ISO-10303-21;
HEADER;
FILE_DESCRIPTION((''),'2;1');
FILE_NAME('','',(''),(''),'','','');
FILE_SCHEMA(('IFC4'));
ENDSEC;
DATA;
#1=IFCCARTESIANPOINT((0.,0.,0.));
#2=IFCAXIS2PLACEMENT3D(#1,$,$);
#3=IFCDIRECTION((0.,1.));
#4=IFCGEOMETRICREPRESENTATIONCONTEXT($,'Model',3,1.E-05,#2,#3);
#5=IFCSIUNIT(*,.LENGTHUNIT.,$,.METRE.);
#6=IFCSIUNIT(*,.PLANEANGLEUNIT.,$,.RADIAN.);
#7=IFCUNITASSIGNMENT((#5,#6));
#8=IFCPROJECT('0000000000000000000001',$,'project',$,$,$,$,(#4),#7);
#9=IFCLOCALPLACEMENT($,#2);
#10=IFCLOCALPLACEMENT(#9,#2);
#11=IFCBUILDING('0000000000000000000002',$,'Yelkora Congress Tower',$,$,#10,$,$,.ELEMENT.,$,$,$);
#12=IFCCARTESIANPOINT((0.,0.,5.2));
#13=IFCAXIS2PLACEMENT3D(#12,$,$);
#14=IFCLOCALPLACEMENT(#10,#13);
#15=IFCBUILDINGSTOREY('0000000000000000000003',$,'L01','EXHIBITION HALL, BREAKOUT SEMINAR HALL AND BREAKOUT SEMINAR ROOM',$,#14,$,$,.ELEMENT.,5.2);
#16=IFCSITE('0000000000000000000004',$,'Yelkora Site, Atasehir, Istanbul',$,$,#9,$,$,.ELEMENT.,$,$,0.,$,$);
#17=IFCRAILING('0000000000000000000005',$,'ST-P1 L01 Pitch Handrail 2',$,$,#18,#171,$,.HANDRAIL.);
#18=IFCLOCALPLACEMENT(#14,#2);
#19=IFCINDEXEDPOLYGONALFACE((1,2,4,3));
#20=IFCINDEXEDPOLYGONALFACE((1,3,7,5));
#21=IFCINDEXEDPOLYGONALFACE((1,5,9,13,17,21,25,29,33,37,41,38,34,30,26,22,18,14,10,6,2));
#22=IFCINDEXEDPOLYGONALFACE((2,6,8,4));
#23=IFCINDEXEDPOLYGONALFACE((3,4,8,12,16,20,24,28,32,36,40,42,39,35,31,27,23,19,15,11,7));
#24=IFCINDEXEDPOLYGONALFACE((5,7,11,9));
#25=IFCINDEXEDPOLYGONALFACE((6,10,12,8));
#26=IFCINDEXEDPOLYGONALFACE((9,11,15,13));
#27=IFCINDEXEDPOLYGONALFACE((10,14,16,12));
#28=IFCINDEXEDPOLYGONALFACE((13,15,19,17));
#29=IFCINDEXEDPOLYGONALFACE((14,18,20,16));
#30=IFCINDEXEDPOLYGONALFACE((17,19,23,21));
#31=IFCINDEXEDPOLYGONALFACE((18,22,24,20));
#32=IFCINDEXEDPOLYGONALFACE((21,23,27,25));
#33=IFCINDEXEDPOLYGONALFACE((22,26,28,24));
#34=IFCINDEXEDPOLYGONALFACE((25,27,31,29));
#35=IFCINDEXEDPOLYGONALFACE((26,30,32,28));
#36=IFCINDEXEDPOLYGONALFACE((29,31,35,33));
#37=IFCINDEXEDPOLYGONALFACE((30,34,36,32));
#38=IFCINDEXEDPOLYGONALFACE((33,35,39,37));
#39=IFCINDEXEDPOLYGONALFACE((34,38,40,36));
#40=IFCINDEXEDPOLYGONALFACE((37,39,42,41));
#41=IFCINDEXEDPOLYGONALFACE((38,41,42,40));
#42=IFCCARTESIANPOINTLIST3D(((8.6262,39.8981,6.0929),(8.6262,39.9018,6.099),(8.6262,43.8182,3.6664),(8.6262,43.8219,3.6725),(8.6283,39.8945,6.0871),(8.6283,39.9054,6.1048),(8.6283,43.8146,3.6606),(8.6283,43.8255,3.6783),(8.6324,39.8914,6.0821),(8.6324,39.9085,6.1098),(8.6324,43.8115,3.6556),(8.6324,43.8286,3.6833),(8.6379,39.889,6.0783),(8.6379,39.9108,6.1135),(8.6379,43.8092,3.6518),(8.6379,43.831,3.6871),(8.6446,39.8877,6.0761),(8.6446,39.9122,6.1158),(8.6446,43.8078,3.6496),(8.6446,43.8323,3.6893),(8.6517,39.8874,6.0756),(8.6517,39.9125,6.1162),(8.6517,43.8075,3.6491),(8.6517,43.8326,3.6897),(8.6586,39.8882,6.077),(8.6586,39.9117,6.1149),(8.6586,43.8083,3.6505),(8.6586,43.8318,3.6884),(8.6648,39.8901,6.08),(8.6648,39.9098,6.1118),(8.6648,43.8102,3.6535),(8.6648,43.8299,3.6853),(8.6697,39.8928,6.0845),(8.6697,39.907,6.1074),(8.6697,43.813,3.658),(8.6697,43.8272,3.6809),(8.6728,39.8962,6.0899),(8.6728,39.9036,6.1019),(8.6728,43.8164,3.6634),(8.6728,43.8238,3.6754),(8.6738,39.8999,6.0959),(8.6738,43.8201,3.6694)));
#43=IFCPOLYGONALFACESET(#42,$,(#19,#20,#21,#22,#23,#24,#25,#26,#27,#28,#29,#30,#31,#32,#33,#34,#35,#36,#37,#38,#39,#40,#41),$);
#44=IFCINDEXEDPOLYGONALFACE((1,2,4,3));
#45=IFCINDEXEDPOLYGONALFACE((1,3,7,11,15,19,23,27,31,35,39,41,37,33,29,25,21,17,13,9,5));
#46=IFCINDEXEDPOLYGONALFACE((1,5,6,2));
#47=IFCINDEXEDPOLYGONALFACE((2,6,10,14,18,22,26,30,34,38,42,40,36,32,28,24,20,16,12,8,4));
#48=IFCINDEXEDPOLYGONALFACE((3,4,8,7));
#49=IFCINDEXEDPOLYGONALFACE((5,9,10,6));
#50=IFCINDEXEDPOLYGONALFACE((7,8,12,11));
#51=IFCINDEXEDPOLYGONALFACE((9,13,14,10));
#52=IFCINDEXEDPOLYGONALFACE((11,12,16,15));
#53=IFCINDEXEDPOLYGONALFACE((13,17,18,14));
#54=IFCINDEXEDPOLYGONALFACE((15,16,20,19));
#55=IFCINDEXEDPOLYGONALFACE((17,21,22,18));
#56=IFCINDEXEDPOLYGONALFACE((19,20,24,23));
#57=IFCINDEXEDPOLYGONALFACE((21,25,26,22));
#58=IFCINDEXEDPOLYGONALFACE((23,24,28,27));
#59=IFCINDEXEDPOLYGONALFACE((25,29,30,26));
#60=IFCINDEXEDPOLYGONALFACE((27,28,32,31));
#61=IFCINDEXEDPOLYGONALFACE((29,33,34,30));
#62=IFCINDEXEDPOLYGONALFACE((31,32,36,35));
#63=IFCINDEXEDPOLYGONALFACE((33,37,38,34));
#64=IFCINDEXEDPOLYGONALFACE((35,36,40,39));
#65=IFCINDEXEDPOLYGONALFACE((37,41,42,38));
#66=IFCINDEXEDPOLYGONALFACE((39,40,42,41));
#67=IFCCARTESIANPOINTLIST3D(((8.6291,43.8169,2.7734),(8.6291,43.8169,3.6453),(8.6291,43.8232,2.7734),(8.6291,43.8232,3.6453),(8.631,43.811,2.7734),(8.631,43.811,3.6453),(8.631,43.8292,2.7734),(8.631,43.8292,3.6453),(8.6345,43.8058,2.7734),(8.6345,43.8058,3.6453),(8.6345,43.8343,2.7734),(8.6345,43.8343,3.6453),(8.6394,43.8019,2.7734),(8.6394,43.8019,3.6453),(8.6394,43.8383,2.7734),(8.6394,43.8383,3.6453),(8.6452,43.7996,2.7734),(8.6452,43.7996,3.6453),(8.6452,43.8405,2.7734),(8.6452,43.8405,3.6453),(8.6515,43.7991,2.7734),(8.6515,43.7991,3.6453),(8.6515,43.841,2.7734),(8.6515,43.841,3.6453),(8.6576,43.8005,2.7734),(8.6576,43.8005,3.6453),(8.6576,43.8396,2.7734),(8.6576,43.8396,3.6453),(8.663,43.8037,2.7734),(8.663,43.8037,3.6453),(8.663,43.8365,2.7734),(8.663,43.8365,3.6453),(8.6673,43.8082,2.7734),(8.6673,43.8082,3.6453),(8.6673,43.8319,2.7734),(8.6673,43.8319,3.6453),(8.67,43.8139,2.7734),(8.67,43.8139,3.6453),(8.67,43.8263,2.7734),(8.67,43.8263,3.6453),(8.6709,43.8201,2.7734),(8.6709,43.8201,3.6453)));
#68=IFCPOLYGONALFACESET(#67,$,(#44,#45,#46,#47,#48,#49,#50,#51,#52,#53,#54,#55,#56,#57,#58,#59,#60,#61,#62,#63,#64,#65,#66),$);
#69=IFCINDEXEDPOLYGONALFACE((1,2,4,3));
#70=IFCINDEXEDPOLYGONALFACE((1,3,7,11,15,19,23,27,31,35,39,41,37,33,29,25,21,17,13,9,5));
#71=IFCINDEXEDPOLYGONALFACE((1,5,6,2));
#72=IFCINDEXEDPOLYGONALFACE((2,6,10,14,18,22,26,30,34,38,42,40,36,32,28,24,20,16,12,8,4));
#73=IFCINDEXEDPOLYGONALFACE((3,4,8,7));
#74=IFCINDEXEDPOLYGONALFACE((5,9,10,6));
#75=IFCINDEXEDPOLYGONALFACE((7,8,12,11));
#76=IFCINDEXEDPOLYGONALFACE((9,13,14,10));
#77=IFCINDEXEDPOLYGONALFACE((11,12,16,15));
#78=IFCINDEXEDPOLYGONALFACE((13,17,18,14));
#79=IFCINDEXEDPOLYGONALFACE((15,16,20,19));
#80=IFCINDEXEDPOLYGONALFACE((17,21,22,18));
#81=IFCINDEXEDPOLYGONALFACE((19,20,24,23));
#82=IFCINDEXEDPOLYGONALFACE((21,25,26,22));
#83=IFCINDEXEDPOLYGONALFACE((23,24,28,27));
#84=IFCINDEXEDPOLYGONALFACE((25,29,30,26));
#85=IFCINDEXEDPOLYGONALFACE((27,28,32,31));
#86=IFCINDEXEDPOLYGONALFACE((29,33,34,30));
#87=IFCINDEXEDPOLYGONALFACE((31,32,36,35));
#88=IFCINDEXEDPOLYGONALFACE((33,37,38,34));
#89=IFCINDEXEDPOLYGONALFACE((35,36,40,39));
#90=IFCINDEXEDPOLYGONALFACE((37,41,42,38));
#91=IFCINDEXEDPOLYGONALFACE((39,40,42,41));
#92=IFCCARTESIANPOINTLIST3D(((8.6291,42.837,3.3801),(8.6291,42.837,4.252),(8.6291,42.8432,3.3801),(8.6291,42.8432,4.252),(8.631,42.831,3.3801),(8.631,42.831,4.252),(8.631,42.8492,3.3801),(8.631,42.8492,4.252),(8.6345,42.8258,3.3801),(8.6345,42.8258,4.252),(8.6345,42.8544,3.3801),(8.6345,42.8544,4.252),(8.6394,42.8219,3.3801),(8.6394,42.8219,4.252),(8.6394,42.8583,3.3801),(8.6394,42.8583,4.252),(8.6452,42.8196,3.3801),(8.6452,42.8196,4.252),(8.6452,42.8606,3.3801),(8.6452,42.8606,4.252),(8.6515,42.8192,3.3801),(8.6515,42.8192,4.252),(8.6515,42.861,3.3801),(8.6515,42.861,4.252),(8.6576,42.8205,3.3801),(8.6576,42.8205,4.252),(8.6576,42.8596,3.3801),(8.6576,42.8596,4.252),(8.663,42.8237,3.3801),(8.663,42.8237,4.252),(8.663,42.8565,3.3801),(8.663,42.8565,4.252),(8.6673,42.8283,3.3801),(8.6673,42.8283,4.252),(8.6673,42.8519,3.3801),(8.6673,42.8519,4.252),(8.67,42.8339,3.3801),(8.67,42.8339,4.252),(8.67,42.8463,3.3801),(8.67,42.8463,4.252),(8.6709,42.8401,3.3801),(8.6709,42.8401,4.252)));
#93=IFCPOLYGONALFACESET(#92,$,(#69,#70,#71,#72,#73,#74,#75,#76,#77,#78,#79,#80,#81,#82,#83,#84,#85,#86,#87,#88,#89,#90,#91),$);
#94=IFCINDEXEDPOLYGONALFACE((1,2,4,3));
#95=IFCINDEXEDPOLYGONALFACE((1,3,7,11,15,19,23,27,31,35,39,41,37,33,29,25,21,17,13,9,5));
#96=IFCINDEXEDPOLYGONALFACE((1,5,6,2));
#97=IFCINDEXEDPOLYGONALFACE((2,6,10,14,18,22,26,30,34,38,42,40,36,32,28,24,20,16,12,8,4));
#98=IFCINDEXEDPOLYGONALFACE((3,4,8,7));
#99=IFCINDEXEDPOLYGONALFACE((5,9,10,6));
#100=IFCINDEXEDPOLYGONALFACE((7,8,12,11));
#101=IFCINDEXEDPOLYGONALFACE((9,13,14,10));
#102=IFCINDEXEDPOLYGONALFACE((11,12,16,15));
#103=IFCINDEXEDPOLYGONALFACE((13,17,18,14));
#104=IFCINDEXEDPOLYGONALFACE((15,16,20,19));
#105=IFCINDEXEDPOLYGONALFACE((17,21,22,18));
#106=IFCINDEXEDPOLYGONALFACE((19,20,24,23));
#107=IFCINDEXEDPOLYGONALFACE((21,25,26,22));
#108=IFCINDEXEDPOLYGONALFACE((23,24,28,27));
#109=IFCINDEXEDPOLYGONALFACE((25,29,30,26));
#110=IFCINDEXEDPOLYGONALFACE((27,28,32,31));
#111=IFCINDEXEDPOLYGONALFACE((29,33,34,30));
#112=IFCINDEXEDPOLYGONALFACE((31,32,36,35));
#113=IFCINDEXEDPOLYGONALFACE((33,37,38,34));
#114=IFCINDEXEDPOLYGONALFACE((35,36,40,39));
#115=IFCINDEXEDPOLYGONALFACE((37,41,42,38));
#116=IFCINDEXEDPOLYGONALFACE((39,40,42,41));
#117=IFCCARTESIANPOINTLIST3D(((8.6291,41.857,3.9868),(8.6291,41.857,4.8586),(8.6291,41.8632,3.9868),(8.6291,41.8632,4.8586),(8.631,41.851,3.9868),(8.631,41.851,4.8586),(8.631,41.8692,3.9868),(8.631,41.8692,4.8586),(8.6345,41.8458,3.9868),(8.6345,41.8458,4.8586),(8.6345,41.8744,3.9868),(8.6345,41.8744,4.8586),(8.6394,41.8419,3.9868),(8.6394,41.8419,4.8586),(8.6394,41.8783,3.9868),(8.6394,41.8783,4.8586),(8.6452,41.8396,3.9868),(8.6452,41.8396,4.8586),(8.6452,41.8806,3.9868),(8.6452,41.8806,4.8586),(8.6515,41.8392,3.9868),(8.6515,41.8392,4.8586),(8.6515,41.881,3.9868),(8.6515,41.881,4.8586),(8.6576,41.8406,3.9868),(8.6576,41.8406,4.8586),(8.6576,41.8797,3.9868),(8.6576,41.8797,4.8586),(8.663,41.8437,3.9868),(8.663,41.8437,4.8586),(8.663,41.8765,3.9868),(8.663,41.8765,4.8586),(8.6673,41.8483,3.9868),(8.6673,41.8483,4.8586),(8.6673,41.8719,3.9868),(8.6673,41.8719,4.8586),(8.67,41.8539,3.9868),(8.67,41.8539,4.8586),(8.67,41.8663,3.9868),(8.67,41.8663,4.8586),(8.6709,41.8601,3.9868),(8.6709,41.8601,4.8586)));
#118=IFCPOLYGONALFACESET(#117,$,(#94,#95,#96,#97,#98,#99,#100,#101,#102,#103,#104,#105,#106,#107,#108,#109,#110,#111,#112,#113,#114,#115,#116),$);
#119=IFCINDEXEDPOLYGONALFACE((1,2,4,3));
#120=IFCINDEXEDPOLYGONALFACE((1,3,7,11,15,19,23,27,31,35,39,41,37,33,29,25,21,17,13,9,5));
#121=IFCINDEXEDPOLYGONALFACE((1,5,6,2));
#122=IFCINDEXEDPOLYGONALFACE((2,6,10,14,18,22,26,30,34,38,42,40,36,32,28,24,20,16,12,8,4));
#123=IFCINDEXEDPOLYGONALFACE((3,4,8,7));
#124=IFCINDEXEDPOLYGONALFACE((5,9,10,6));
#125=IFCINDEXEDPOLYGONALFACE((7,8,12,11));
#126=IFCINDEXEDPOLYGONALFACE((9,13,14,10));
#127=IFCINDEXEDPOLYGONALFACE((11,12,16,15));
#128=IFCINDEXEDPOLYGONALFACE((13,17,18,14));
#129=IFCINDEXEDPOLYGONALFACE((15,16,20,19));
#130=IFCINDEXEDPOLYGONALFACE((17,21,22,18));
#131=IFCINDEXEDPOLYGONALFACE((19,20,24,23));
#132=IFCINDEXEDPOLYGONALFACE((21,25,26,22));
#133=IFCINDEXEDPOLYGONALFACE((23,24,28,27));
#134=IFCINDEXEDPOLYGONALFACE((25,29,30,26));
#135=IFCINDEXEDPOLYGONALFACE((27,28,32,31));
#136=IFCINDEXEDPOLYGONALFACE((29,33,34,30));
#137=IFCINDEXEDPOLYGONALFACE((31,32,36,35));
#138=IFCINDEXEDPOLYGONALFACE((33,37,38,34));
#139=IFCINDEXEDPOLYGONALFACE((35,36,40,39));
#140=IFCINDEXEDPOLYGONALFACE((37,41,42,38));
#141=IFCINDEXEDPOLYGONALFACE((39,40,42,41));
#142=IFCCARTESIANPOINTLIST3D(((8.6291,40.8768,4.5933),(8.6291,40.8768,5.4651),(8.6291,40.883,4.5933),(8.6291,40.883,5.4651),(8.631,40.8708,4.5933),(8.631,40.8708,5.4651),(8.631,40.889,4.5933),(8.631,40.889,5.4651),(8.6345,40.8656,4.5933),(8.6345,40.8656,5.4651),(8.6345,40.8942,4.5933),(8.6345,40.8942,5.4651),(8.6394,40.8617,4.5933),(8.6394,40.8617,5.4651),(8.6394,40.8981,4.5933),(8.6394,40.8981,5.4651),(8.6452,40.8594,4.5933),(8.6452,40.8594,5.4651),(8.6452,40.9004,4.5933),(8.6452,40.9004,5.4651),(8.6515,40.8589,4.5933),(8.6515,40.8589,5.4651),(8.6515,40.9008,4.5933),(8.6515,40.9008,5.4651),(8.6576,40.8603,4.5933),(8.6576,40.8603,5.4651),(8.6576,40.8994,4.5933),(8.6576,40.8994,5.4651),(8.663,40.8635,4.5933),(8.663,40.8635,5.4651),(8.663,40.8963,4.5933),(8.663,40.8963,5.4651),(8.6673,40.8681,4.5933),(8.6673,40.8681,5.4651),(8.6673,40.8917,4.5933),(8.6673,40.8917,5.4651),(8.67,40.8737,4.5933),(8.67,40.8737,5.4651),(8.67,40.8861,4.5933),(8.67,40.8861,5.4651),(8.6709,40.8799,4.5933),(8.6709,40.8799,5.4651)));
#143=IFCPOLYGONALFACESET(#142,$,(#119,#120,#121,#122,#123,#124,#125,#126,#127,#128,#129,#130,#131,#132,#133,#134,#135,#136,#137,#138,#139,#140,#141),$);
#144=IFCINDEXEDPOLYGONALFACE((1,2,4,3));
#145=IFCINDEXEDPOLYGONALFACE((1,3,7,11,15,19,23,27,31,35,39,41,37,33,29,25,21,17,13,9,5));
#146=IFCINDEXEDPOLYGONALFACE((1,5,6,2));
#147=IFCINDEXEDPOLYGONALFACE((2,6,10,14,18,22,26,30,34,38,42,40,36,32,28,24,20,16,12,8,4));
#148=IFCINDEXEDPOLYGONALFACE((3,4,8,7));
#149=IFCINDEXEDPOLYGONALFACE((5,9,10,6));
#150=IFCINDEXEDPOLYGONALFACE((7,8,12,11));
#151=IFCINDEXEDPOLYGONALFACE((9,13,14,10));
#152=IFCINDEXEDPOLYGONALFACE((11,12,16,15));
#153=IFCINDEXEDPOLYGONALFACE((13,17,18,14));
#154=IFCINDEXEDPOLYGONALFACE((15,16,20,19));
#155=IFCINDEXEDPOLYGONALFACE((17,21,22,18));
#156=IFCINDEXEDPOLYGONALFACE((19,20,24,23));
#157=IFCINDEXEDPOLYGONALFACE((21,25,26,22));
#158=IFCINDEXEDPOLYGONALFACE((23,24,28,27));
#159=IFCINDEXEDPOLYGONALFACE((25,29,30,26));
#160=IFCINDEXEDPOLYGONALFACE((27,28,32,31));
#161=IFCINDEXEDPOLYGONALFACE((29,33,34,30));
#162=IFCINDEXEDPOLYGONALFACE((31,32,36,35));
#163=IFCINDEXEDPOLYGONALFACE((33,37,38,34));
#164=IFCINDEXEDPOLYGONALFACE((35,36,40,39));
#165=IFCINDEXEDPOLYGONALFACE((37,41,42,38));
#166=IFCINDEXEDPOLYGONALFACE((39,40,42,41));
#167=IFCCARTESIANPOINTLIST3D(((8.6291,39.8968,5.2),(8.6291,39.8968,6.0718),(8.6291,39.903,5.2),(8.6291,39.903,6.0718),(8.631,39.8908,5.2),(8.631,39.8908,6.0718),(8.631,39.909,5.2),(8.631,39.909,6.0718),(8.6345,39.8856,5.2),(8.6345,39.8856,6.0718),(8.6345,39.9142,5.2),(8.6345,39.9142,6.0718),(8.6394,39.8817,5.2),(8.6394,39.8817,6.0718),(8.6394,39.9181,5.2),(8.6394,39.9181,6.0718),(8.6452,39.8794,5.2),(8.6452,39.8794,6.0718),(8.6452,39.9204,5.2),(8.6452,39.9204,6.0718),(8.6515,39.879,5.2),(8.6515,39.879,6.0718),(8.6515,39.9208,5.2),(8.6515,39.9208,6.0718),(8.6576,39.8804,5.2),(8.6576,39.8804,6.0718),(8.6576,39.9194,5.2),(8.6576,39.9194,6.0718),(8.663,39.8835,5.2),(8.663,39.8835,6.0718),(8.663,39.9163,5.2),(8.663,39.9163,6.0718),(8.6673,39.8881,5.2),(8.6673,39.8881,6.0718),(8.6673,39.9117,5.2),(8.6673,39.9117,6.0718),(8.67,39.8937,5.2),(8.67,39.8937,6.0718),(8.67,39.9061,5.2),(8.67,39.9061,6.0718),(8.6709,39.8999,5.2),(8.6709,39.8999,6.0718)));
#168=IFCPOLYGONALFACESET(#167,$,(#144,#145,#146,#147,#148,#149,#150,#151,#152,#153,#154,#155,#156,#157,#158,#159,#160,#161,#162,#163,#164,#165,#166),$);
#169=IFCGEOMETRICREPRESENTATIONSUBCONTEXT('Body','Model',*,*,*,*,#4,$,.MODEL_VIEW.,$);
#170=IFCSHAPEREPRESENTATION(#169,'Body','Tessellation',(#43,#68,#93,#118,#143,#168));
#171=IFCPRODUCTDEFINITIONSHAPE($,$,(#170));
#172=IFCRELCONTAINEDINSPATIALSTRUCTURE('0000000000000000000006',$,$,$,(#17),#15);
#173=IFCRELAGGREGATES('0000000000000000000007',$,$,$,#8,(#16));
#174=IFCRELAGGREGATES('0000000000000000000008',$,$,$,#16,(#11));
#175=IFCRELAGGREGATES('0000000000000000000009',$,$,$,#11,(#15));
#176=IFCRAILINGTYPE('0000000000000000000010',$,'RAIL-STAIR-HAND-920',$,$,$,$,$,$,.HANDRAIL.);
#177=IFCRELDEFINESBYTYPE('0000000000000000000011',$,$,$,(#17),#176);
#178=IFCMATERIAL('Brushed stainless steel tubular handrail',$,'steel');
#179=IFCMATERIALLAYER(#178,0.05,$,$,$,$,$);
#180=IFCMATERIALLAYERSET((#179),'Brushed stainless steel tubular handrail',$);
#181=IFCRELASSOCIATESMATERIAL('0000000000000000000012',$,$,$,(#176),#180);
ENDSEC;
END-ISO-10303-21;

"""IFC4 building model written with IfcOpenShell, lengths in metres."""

from ifc_helpers import new_model, si_unit, direction, frame, origin, origin_2d, place, context, subcontext, project, spatial, circle, extrude, material, layer, layer_set, type_object, element, save


model = new_model("IFC4")

# Units and contexts
model_context = context("Model", 3, precision=1e-05, world=origin(), true_north=direction((0.0, 1.0)))
body_context = subcontext(model_context, "Body", "Model", "MODEL_VIEW")
ifc_project = project(units=[si_unit("LENGTHUNIT", "METRE"), si_unit("PLANEANGLEUNIT", "RADIAN")], contexts=[model_context])

# Site, building, storey
site_placement = place(None, origin())
site = spatial("IfcSite", under=ifc_project, at=site_placement, Name="Yelkora Site, Atasehir, Istanbul", CompositionType="ELEMENT", RefElevation=0.0)
building_placement = place(site_placement, origin())
building = spatial("IfcBuilding", under=site, at=building_placement, Name="Yelkora Congress Tower", CompositionType="ELEMENT")
storey_placement = place(building_placement, frame((0.0, 0.0, 5.2)))
storey = spatial("IfcBuildingStorey", under=building, at=storey_placement, Name="L01", Description="EXHIBITION HALL, BREAKOUT SEMINAR HALL AND BREAKOUT SEMINAR ROOM", CompositionType="ELEMENT", Elevation=5.2)

# Railing
ifc_material_1 = material(Name="Brushed stainless steel tubular handrail", Category="steel")
ifc_layer_1 = layer(ifc_material_1, 0.05)
ifc_layer_set_1 = layer_set([ifc_layer_1], Name="Brushed stainless steel tubular handrail")
railing_type_1 = type_object("IfcRailingType", Name="RAIL-STAIR-HAND-920", PredefinedType="HANDRAIL", material=ifc_layer_set_1)
railing_1_placement = place(storey_placement, frame((8.6499, 43.8201, 2.7734)))
element("IfcRailing", 1, at=railing_1_placement, inside=storey, type_object=railing_type_1, Name="ST-P1 L01 Pitch Handrail 2", PredefinedType="HANDRAIL", context=body_context, shape_type="SweptSolid", body=[
    extrude(circle(Radius=0.0239, at=origin_2d()), frame((0.0, 0.0, 0.896), z_axis=(0.0, -0.85029, 0.526315), x_axis=(1.0, 0.0, 0.0)), (0.0, 0.0, 1.0), 4.6104),
    extrude(circle(Radius=0.021, at=origin_2d()), origin(), (0.0, 0.0, 1.0), 0.8718),
    extrude(circle(Radius=0.021, at=origin_2d()), frame((0.0, -0.98, 0.6067)), (0.0, 0.0, 1.0), 0.8718),
    extrude(circle(Radius=0.021, at=origin_2d()), frame((0.0, -1.96, 1.2134)), (0.0, 0.0, 1.0), 0.8718),
    extrude(circle(Radius=0.021, at=origin_2d()), frame((0.0, -2.9402, 1.8198)), (0.0, 0.0, 1.0), 0.8718),
    extrude(circle(Radius=0.021, at=origin_2d()), frame((0.0, -3.9202, 2.4265)), (0.0, 0.0, 1.0), 0.8718),
])

save(model, "model.ifc")
